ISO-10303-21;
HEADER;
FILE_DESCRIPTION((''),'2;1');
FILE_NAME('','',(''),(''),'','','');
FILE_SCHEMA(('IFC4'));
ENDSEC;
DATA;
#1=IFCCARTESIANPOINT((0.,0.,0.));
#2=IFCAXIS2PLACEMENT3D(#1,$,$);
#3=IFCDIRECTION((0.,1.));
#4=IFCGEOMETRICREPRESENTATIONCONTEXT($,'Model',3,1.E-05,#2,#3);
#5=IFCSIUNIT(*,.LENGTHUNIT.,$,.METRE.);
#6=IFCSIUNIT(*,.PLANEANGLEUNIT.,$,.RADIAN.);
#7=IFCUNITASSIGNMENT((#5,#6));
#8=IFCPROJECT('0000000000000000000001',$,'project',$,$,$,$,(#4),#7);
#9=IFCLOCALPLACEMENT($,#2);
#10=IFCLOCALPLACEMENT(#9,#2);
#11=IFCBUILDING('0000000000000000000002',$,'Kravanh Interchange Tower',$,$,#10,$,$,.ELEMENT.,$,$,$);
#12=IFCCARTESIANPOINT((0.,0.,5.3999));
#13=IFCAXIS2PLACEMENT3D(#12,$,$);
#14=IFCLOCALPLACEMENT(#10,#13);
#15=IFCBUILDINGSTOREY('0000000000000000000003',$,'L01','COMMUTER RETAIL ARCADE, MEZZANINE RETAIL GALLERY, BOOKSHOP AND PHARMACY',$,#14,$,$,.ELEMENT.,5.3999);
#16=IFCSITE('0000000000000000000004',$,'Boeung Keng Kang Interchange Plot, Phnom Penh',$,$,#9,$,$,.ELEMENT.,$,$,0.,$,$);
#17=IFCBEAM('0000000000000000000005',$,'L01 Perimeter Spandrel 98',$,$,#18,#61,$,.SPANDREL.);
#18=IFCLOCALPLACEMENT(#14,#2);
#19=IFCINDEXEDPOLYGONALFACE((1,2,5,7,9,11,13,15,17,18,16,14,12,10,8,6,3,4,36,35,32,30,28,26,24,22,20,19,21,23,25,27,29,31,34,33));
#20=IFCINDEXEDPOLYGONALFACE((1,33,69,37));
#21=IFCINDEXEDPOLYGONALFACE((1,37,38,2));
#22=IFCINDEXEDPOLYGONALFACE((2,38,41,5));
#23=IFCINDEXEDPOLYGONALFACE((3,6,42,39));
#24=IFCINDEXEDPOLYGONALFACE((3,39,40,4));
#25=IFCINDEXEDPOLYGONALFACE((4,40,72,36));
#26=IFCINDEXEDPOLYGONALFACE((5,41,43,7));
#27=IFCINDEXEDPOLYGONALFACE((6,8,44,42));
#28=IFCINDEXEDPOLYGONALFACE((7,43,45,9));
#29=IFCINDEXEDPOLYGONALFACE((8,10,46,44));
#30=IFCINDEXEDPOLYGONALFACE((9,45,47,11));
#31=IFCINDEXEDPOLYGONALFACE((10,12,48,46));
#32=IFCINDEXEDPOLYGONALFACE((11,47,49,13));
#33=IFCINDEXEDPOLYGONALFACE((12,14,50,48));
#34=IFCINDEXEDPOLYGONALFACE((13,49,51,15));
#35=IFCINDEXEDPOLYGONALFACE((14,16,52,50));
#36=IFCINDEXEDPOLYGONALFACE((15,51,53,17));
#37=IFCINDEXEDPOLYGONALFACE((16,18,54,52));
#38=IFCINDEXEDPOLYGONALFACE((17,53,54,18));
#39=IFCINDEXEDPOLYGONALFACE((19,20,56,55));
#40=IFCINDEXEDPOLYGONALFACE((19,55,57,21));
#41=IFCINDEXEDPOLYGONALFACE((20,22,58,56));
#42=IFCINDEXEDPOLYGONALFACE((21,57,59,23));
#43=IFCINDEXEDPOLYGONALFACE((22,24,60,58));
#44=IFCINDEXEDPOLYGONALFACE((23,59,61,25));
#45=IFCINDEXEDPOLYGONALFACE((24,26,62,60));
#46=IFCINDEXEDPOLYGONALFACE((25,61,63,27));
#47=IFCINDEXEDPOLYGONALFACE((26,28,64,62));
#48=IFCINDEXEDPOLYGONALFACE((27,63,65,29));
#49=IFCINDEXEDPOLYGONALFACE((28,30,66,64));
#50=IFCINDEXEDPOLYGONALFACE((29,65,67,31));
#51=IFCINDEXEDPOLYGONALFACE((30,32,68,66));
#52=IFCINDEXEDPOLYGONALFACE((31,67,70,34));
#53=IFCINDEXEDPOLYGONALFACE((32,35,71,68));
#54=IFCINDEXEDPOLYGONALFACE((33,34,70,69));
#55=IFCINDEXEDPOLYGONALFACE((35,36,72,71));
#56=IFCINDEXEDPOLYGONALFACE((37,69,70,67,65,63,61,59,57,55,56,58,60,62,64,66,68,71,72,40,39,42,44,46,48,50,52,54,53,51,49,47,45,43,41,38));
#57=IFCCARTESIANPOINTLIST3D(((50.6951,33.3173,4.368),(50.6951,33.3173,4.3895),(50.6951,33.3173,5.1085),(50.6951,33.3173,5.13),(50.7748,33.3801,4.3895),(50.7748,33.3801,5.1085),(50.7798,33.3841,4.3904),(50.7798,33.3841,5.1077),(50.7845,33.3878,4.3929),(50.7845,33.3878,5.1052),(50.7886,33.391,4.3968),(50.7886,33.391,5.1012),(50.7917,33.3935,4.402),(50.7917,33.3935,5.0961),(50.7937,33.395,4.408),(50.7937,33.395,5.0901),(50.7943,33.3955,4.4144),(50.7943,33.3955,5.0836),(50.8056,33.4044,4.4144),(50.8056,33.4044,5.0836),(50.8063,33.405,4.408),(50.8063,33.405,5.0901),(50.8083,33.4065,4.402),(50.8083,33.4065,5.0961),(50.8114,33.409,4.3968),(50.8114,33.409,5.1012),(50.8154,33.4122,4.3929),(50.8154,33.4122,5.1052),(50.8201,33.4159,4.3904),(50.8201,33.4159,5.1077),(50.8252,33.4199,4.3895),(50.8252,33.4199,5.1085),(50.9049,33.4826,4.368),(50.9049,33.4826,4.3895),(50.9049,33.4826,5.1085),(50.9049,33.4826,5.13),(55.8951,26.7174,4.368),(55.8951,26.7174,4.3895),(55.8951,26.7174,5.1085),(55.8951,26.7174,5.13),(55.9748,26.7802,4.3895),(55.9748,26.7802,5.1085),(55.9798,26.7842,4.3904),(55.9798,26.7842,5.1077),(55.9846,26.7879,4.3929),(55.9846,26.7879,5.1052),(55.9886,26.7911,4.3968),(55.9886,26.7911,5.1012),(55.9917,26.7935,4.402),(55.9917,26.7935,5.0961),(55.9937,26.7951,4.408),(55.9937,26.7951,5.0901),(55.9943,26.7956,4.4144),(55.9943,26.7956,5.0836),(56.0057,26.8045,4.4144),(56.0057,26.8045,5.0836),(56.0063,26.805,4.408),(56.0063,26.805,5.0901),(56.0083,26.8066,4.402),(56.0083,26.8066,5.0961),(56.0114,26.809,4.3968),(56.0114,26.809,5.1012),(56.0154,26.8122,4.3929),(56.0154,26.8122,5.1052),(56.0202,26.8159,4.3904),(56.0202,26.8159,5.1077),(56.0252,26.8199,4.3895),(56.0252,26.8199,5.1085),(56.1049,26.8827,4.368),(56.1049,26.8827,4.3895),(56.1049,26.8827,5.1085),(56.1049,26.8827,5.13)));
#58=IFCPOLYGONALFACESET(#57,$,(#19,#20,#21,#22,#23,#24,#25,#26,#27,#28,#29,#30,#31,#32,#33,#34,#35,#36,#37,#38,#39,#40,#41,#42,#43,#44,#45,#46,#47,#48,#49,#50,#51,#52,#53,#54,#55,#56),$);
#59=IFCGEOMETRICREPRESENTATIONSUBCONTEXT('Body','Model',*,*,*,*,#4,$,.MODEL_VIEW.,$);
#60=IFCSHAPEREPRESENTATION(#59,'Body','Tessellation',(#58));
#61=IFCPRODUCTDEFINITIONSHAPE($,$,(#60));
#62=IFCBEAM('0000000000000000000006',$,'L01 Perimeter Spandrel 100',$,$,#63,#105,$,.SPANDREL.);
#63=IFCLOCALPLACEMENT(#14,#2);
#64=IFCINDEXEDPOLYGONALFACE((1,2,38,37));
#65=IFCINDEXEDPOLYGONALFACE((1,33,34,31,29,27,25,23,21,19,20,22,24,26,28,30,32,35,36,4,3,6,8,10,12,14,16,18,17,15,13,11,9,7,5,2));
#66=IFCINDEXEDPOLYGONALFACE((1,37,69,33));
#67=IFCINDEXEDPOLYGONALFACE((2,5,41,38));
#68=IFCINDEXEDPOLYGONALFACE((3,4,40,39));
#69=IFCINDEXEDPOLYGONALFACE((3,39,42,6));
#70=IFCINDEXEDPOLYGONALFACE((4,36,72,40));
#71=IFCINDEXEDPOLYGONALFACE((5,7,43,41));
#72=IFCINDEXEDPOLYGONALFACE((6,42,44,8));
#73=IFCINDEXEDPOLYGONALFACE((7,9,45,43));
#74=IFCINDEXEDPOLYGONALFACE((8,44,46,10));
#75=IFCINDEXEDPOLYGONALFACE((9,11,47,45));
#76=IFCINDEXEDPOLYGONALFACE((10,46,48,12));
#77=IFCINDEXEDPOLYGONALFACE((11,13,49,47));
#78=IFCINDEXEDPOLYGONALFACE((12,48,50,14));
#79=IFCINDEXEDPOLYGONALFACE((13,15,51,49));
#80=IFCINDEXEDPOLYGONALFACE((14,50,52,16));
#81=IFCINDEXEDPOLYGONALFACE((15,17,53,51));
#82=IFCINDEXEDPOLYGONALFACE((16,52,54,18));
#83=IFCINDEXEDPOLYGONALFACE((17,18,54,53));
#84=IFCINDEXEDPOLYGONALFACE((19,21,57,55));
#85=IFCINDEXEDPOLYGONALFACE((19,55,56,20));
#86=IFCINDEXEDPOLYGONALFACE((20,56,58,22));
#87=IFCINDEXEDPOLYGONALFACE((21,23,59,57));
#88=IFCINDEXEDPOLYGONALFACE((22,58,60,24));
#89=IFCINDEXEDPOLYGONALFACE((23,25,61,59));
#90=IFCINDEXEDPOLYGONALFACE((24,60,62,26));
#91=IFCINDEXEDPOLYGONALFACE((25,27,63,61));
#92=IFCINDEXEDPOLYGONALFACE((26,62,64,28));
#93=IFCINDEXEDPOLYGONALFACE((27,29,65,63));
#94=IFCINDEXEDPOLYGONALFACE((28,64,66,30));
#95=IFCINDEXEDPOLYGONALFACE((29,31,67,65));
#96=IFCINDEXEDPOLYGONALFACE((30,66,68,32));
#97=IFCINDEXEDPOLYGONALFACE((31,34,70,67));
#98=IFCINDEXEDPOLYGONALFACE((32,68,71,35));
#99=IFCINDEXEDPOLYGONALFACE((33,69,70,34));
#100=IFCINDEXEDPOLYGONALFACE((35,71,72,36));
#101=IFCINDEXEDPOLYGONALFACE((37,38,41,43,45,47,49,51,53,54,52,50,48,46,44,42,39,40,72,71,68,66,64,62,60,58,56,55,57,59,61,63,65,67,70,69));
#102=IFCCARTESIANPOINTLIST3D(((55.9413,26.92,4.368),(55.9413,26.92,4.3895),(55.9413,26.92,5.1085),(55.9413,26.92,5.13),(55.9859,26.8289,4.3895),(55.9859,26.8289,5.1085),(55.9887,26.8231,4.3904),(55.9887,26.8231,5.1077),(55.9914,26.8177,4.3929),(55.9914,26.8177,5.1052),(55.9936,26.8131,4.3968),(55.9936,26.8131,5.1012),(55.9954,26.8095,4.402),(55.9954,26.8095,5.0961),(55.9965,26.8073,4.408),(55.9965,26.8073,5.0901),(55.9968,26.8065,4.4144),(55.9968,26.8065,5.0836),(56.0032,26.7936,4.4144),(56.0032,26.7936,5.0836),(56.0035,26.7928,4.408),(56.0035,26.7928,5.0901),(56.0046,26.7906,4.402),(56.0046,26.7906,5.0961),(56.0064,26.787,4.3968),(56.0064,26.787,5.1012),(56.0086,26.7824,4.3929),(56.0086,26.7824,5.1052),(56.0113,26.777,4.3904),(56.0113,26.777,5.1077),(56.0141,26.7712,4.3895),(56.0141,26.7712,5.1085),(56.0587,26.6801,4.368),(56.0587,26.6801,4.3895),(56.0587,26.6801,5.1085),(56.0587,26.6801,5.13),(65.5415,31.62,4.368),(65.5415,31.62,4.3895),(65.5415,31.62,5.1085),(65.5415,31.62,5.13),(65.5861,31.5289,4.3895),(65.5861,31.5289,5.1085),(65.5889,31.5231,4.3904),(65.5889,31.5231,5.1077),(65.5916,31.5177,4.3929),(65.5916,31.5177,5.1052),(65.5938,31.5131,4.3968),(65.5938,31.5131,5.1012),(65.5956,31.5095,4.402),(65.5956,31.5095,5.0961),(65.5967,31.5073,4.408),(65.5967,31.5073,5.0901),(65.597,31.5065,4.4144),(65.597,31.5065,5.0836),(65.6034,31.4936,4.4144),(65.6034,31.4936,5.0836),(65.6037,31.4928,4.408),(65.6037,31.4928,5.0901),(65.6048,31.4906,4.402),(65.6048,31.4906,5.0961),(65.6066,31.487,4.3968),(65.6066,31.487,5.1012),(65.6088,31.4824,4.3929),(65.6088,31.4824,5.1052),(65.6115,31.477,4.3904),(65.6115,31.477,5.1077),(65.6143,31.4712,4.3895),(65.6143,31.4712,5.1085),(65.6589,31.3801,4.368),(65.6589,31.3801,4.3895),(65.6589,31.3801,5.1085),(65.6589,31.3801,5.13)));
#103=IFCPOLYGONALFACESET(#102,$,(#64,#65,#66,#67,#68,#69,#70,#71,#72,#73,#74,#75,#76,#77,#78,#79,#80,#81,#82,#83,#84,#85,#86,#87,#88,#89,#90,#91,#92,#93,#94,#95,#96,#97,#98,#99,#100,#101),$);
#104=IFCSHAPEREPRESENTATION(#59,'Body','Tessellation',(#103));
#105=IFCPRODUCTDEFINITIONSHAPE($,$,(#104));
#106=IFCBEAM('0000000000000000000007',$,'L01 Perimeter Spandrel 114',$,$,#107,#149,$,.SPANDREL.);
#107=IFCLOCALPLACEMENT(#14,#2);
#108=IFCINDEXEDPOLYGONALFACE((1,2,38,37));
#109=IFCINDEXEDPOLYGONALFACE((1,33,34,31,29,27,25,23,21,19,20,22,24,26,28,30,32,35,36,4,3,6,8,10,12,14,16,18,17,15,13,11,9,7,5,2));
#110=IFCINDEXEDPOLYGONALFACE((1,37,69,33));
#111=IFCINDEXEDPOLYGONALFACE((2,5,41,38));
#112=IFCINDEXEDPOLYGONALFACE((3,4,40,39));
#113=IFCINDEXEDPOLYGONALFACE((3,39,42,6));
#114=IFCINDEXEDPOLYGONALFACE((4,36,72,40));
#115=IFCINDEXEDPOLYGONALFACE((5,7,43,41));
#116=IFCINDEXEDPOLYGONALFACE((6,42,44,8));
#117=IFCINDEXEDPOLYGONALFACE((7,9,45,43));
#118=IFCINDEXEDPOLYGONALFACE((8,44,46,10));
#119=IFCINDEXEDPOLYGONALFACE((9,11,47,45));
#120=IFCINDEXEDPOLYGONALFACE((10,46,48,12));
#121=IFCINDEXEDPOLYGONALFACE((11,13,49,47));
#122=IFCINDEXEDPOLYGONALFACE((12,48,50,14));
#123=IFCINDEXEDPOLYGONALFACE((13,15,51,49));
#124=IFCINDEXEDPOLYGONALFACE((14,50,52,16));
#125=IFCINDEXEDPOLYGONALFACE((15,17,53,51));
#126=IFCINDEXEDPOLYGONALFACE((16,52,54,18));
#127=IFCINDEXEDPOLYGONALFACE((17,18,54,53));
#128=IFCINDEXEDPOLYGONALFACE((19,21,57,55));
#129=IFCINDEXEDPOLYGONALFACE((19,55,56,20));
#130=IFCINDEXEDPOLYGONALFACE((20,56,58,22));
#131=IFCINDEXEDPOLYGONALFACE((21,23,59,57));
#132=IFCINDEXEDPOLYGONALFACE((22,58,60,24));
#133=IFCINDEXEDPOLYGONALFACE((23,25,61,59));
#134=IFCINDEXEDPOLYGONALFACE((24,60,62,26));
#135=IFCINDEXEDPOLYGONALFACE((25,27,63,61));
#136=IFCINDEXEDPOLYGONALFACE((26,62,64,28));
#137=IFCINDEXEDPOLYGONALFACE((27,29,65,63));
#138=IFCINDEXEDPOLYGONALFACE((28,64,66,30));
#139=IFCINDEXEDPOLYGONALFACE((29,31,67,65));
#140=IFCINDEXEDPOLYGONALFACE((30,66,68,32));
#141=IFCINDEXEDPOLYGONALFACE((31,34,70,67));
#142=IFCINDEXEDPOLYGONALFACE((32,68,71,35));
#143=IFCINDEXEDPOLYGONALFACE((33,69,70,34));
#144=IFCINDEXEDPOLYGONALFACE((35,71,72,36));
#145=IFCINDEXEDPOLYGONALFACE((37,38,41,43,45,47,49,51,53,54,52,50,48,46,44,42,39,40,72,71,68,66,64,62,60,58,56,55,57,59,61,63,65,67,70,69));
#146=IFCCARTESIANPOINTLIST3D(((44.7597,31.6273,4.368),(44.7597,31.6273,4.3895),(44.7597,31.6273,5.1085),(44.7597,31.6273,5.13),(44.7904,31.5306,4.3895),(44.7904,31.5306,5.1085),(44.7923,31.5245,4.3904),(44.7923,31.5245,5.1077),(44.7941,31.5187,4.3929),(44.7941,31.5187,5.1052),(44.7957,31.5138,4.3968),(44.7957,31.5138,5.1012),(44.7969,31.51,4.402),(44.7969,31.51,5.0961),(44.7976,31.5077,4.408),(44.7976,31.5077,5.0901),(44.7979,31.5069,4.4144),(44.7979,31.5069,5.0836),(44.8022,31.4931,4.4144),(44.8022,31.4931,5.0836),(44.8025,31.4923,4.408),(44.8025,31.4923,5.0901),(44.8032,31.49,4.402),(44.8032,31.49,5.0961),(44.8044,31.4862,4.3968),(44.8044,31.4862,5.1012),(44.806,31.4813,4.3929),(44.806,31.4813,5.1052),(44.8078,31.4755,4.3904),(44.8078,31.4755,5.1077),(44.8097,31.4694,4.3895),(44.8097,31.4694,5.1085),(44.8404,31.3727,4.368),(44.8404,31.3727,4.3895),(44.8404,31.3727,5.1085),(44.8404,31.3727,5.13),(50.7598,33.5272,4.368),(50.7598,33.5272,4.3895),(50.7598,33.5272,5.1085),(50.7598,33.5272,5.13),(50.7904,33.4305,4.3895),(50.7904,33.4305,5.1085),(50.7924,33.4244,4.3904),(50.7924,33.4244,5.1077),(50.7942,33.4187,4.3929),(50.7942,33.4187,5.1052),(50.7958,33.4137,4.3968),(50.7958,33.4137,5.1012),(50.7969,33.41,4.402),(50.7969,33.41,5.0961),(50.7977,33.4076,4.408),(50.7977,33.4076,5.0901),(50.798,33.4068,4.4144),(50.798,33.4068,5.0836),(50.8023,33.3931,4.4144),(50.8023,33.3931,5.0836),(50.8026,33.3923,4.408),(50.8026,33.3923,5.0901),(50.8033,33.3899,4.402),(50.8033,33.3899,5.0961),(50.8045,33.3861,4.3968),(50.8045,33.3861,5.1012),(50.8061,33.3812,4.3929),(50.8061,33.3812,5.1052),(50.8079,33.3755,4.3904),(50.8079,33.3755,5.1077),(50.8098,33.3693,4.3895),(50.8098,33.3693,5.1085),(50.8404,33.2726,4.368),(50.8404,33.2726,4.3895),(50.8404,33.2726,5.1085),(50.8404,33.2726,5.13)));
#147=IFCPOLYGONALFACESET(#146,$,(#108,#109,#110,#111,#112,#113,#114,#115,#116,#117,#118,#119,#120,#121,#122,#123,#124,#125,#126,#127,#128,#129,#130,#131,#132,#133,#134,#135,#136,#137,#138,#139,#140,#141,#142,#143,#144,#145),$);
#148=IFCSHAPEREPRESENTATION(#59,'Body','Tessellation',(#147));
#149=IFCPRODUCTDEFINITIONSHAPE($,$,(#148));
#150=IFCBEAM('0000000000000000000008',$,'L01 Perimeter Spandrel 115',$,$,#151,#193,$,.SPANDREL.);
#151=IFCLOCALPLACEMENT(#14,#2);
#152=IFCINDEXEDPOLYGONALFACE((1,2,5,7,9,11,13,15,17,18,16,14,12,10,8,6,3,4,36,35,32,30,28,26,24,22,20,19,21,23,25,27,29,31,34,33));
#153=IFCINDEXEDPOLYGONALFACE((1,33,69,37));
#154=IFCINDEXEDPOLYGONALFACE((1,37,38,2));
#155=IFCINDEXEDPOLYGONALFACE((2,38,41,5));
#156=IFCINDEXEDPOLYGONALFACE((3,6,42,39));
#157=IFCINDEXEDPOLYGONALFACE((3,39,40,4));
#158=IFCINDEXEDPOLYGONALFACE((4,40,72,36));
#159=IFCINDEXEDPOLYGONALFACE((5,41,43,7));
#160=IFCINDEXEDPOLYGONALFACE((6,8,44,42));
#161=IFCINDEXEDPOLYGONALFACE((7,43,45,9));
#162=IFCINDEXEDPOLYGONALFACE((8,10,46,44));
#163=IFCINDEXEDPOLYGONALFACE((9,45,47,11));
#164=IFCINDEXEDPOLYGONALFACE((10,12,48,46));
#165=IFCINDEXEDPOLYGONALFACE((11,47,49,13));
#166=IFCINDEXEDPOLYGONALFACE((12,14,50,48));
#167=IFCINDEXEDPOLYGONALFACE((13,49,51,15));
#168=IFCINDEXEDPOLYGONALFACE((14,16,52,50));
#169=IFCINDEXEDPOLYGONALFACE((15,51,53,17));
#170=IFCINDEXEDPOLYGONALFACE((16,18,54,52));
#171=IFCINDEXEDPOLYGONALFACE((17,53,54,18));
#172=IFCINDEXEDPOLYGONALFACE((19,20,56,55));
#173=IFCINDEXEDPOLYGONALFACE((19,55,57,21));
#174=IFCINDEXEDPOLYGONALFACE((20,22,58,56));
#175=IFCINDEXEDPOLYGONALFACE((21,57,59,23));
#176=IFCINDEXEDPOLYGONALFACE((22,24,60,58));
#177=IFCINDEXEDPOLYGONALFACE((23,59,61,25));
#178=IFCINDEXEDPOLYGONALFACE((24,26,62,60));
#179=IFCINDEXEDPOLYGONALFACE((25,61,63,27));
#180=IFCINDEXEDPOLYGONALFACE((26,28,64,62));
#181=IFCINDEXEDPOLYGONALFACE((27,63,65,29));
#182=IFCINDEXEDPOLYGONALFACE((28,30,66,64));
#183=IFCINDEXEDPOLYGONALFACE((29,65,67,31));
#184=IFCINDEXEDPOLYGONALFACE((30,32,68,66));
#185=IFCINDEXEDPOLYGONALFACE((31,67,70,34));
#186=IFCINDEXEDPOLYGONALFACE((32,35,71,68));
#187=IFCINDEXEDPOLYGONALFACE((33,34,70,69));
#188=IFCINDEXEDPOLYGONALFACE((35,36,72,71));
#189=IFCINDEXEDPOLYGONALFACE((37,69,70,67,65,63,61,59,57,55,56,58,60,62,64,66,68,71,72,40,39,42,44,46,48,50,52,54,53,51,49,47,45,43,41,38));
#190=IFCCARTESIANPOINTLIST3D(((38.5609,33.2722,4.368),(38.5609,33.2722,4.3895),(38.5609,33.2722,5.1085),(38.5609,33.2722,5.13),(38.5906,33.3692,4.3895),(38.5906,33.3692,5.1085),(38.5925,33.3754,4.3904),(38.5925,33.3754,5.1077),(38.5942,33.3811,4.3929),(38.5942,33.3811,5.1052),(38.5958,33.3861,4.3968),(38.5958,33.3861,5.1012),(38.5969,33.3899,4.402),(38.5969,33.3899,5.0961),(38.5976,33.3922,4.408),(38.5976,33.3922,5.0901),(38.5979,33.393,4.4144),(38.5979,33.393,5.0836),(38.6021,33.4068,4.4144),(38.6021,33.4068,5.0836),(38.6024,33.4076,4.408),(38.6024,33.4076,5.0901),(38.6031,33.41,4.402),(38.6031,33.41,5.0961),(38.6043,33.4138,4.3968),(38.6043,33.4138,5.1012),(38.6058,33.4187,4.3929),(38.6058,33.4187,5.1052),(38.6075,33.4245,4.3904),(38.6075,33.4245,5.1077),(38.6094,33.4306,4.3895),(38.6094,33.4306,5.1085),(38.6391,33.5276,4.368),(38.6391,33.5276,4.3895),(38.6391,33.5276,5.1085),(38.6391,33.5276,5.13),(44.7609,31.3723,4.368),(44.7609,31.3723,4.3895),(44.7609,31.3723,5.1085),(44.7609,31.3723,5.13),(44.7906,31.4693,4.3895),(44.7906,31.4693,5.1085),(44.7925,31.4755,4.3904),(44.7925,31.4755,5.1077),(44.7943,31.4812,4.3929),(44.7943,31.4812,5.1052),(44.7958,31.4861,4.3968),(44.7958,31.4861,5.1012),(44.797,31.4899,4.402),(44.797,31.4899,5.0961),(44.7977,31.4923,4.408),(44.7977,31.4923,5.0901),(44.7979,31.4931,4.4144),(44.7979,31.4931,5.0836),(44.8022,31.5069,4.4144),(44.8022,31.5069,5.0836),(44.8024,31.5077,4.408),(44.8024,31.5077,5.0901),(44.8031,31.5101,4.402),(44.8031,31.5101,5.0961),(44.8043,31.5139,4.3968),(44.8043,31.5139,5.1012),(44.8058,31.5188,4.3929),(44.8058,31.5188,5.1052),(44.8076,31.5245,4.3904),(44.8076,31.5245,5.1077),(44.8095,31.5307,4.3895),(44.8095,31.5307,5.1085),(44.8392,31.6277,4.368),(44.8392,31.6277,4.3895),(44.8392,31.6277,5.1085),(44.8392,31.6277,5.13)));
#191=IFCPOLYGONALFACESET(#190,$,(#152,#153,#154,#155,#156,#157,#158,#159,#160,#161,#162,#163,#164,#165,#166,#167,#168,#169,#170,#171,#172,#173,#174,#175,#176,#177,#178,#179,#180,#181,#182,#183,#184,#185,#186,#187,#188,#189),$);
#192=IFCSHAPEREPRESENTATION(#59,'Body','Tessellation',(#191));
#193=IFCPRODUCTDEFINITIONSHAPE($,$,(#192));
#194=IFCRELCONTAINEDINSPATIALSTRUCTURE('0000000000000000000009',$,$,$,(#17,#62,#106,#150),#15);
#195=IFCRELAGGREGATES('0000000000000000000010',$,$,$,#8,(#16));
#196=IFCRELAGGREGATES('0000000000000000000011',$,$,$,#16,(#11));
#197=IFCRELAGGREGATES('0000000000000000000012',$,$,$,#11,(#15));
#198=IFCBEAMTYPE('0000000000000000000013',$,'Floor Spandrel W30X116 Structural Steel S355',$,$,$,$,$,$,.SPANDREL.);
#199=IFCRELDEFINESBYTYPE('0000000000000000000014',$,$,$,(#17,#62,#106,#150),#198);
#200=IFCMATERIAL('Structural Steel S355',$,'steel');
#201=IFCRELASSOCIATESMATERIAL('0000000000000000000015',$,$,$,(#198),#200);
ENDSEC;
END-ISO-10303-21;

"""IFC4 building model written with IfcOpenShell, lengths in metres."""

from ifc_helpers import new_model, si_unit, direction, frame, origin, origin_2d, place, context, subcontext, project, spatial, i_section, extrude, material, material_profile, profile_set, type_object, element, save


model = new_model("IFC4")

# Units and contexts
model_context = context("Model", 3, precision=1e-05, world=origin(), true_north=direction((0.0, 1.0)))
body_context = subcontext(model_context, "Body", "Model", "MODEL_VIEW")
ifc_project = project(units=[si_unit("LENGTHUNIT", "METRE"), si_unit("PLANEANGLEUNIT", "RADIAN")], contexts=[model_context])

# Site, building, storey
site_placement = place(None, origin())
site = spatial("IfcSite", under=ifc_project, at=site_placement, Name="Boeung Keng Kang Interchange Plot, Phnom Penh", CompositionType="ELEMENT", RefElevation=0.0)
building_placement = place(site_placement, origin())
building = spatial("IfcBuilding", under=site, at=building_placement, Name="Kravanh Interchange Tower", CompositionType="ELEMENT")
storey_placement = place(building_placement, frame((0.0, 0.0, 5.3999)))
storey = spatial("IfcBuildingStorey", under=building, at=storey_placement, Name="L01", Description="COMMUTER RETAIL ARCADE, MEZZANINE RETAIL GALLERY, BOOKSHOP AND PHARMACY", CompositionType="ELEMENT", Elevation=5.3999)

# Beams
ifc_material_1 = material(Name="Structural Steel S355", Category="steel")
ifc_material_profile_1 = material_profile(ifc_material_1, i_section(OverallWidth=0.2671, OverallDepth=0.762, WebThickness=0.0144, FlangeThickness=0.0215, FilletRadius=0.0249, at=origin_2d()), Name="W30X116")
ifc_profile_set_1 = profile_set([ifc_material_profile_1], Name="Structural Steel S355")
beam_type_1 = type_object("IfcBeamType", Name="Floor Spandrel W30X116 Structural Steel S355", PredefinedType="SPANDREL", material=ifc_profile_set_1)
beam_1_placement = place(storey_placement, frame((56.0, 26.8, 4.749), z_axis=(-0.618877, 0.785488, 0.0), x_axis=(-0.785488, -0.618877, 0.0)))
element("IfcBeam", 1, at=beam_1_placement, inside=storey, type_object=beam_type_1, Name="L01 Perimeter Spandrel 98", PredefinedType="SPANDREL", context=body_context, shape_type="SweptSolid", body=[
    extrude(i_section(OverallWidth=0.2671, OverallDepth=0.762, WebThickness=0.0144, FlangeThickness=0.0215, FilletRadius=0.0249, at=origin_2d()), origin(), (0.0, 0.0, 1.0), 8.4023),
])
beam_2_placement = place(storey_placement, frame((56.0, 26.8, 4.749), z_axis=(0.898142, 0.439706, 0.0), x_axis=(-0.439706, 0.898142, 0.0)))
element("IfcBeam", 2, at=beam_2_placement, inside=storey, type_object=beam_type_1, Name="L01 Perimeter Spandrel 100", PredefinedType="SPANDREL", context=body_context, shape_type="SweptSolid", body=[
    extrude(i_section(OverallWidth=0.2671, OverallDepth=0.762, WebThickness=0.0144, FlangeThickness=0.0215, FilletRadius=0.0249, at=origin_2d()), origin(), (0.0, 0.0, 1.0), 10.689),
])
beam_3_placement = place(storey_placement, frame((44.8, 31.5, 4.749), z_axis=(0.953347, 0.301878, 0.0), x_axis=(-0.301878, 0.953347, 0.0)))
element("IfcBeam", 3, at=beam_3_placement, inside=storey, type_object=beam_type_1, Name="L01 Perimeter Spandrel 114", PredefinedType="SPANDREL", context=body_context, shape_type="SweptSolid", body=[
    extrude(i_section(OverallWidth=0.2671, OverallDepth=0.762, WebThickness=0.0144, FlangeThickness=0.0215, FilletRadius=0.0249, at=origin_2d()), origin(), (0.0, 0.0, 1.0), 6.2937),
])
beam_4_placement = place(storey_placement, frame((44.8, 31.5, 4.749), z_axis=(-0.956115, 0.29299, 0.0), x_axis=(-0.29299, -0.956115, 0.0)))
element("IfcBeam", 4, at=beam_4_placement, inside=storey, type_object=beam_type_1, Name="L01 Perimeter Spandrel 115", PredefinedType="SPANDREL", context=body_context, shape_type="SweptSolid", body=[
    extrude(i_section(OverallWidth=0.2671, OverallDepth=0.762, WebThickness=0.0144, FlangeThickness=0.0215, FilletRadius=0.0249, at=origin_2d()), origin(), (0.0, 0.0, 1.0), 6.4846),
])

save(model, "model.ifc")
